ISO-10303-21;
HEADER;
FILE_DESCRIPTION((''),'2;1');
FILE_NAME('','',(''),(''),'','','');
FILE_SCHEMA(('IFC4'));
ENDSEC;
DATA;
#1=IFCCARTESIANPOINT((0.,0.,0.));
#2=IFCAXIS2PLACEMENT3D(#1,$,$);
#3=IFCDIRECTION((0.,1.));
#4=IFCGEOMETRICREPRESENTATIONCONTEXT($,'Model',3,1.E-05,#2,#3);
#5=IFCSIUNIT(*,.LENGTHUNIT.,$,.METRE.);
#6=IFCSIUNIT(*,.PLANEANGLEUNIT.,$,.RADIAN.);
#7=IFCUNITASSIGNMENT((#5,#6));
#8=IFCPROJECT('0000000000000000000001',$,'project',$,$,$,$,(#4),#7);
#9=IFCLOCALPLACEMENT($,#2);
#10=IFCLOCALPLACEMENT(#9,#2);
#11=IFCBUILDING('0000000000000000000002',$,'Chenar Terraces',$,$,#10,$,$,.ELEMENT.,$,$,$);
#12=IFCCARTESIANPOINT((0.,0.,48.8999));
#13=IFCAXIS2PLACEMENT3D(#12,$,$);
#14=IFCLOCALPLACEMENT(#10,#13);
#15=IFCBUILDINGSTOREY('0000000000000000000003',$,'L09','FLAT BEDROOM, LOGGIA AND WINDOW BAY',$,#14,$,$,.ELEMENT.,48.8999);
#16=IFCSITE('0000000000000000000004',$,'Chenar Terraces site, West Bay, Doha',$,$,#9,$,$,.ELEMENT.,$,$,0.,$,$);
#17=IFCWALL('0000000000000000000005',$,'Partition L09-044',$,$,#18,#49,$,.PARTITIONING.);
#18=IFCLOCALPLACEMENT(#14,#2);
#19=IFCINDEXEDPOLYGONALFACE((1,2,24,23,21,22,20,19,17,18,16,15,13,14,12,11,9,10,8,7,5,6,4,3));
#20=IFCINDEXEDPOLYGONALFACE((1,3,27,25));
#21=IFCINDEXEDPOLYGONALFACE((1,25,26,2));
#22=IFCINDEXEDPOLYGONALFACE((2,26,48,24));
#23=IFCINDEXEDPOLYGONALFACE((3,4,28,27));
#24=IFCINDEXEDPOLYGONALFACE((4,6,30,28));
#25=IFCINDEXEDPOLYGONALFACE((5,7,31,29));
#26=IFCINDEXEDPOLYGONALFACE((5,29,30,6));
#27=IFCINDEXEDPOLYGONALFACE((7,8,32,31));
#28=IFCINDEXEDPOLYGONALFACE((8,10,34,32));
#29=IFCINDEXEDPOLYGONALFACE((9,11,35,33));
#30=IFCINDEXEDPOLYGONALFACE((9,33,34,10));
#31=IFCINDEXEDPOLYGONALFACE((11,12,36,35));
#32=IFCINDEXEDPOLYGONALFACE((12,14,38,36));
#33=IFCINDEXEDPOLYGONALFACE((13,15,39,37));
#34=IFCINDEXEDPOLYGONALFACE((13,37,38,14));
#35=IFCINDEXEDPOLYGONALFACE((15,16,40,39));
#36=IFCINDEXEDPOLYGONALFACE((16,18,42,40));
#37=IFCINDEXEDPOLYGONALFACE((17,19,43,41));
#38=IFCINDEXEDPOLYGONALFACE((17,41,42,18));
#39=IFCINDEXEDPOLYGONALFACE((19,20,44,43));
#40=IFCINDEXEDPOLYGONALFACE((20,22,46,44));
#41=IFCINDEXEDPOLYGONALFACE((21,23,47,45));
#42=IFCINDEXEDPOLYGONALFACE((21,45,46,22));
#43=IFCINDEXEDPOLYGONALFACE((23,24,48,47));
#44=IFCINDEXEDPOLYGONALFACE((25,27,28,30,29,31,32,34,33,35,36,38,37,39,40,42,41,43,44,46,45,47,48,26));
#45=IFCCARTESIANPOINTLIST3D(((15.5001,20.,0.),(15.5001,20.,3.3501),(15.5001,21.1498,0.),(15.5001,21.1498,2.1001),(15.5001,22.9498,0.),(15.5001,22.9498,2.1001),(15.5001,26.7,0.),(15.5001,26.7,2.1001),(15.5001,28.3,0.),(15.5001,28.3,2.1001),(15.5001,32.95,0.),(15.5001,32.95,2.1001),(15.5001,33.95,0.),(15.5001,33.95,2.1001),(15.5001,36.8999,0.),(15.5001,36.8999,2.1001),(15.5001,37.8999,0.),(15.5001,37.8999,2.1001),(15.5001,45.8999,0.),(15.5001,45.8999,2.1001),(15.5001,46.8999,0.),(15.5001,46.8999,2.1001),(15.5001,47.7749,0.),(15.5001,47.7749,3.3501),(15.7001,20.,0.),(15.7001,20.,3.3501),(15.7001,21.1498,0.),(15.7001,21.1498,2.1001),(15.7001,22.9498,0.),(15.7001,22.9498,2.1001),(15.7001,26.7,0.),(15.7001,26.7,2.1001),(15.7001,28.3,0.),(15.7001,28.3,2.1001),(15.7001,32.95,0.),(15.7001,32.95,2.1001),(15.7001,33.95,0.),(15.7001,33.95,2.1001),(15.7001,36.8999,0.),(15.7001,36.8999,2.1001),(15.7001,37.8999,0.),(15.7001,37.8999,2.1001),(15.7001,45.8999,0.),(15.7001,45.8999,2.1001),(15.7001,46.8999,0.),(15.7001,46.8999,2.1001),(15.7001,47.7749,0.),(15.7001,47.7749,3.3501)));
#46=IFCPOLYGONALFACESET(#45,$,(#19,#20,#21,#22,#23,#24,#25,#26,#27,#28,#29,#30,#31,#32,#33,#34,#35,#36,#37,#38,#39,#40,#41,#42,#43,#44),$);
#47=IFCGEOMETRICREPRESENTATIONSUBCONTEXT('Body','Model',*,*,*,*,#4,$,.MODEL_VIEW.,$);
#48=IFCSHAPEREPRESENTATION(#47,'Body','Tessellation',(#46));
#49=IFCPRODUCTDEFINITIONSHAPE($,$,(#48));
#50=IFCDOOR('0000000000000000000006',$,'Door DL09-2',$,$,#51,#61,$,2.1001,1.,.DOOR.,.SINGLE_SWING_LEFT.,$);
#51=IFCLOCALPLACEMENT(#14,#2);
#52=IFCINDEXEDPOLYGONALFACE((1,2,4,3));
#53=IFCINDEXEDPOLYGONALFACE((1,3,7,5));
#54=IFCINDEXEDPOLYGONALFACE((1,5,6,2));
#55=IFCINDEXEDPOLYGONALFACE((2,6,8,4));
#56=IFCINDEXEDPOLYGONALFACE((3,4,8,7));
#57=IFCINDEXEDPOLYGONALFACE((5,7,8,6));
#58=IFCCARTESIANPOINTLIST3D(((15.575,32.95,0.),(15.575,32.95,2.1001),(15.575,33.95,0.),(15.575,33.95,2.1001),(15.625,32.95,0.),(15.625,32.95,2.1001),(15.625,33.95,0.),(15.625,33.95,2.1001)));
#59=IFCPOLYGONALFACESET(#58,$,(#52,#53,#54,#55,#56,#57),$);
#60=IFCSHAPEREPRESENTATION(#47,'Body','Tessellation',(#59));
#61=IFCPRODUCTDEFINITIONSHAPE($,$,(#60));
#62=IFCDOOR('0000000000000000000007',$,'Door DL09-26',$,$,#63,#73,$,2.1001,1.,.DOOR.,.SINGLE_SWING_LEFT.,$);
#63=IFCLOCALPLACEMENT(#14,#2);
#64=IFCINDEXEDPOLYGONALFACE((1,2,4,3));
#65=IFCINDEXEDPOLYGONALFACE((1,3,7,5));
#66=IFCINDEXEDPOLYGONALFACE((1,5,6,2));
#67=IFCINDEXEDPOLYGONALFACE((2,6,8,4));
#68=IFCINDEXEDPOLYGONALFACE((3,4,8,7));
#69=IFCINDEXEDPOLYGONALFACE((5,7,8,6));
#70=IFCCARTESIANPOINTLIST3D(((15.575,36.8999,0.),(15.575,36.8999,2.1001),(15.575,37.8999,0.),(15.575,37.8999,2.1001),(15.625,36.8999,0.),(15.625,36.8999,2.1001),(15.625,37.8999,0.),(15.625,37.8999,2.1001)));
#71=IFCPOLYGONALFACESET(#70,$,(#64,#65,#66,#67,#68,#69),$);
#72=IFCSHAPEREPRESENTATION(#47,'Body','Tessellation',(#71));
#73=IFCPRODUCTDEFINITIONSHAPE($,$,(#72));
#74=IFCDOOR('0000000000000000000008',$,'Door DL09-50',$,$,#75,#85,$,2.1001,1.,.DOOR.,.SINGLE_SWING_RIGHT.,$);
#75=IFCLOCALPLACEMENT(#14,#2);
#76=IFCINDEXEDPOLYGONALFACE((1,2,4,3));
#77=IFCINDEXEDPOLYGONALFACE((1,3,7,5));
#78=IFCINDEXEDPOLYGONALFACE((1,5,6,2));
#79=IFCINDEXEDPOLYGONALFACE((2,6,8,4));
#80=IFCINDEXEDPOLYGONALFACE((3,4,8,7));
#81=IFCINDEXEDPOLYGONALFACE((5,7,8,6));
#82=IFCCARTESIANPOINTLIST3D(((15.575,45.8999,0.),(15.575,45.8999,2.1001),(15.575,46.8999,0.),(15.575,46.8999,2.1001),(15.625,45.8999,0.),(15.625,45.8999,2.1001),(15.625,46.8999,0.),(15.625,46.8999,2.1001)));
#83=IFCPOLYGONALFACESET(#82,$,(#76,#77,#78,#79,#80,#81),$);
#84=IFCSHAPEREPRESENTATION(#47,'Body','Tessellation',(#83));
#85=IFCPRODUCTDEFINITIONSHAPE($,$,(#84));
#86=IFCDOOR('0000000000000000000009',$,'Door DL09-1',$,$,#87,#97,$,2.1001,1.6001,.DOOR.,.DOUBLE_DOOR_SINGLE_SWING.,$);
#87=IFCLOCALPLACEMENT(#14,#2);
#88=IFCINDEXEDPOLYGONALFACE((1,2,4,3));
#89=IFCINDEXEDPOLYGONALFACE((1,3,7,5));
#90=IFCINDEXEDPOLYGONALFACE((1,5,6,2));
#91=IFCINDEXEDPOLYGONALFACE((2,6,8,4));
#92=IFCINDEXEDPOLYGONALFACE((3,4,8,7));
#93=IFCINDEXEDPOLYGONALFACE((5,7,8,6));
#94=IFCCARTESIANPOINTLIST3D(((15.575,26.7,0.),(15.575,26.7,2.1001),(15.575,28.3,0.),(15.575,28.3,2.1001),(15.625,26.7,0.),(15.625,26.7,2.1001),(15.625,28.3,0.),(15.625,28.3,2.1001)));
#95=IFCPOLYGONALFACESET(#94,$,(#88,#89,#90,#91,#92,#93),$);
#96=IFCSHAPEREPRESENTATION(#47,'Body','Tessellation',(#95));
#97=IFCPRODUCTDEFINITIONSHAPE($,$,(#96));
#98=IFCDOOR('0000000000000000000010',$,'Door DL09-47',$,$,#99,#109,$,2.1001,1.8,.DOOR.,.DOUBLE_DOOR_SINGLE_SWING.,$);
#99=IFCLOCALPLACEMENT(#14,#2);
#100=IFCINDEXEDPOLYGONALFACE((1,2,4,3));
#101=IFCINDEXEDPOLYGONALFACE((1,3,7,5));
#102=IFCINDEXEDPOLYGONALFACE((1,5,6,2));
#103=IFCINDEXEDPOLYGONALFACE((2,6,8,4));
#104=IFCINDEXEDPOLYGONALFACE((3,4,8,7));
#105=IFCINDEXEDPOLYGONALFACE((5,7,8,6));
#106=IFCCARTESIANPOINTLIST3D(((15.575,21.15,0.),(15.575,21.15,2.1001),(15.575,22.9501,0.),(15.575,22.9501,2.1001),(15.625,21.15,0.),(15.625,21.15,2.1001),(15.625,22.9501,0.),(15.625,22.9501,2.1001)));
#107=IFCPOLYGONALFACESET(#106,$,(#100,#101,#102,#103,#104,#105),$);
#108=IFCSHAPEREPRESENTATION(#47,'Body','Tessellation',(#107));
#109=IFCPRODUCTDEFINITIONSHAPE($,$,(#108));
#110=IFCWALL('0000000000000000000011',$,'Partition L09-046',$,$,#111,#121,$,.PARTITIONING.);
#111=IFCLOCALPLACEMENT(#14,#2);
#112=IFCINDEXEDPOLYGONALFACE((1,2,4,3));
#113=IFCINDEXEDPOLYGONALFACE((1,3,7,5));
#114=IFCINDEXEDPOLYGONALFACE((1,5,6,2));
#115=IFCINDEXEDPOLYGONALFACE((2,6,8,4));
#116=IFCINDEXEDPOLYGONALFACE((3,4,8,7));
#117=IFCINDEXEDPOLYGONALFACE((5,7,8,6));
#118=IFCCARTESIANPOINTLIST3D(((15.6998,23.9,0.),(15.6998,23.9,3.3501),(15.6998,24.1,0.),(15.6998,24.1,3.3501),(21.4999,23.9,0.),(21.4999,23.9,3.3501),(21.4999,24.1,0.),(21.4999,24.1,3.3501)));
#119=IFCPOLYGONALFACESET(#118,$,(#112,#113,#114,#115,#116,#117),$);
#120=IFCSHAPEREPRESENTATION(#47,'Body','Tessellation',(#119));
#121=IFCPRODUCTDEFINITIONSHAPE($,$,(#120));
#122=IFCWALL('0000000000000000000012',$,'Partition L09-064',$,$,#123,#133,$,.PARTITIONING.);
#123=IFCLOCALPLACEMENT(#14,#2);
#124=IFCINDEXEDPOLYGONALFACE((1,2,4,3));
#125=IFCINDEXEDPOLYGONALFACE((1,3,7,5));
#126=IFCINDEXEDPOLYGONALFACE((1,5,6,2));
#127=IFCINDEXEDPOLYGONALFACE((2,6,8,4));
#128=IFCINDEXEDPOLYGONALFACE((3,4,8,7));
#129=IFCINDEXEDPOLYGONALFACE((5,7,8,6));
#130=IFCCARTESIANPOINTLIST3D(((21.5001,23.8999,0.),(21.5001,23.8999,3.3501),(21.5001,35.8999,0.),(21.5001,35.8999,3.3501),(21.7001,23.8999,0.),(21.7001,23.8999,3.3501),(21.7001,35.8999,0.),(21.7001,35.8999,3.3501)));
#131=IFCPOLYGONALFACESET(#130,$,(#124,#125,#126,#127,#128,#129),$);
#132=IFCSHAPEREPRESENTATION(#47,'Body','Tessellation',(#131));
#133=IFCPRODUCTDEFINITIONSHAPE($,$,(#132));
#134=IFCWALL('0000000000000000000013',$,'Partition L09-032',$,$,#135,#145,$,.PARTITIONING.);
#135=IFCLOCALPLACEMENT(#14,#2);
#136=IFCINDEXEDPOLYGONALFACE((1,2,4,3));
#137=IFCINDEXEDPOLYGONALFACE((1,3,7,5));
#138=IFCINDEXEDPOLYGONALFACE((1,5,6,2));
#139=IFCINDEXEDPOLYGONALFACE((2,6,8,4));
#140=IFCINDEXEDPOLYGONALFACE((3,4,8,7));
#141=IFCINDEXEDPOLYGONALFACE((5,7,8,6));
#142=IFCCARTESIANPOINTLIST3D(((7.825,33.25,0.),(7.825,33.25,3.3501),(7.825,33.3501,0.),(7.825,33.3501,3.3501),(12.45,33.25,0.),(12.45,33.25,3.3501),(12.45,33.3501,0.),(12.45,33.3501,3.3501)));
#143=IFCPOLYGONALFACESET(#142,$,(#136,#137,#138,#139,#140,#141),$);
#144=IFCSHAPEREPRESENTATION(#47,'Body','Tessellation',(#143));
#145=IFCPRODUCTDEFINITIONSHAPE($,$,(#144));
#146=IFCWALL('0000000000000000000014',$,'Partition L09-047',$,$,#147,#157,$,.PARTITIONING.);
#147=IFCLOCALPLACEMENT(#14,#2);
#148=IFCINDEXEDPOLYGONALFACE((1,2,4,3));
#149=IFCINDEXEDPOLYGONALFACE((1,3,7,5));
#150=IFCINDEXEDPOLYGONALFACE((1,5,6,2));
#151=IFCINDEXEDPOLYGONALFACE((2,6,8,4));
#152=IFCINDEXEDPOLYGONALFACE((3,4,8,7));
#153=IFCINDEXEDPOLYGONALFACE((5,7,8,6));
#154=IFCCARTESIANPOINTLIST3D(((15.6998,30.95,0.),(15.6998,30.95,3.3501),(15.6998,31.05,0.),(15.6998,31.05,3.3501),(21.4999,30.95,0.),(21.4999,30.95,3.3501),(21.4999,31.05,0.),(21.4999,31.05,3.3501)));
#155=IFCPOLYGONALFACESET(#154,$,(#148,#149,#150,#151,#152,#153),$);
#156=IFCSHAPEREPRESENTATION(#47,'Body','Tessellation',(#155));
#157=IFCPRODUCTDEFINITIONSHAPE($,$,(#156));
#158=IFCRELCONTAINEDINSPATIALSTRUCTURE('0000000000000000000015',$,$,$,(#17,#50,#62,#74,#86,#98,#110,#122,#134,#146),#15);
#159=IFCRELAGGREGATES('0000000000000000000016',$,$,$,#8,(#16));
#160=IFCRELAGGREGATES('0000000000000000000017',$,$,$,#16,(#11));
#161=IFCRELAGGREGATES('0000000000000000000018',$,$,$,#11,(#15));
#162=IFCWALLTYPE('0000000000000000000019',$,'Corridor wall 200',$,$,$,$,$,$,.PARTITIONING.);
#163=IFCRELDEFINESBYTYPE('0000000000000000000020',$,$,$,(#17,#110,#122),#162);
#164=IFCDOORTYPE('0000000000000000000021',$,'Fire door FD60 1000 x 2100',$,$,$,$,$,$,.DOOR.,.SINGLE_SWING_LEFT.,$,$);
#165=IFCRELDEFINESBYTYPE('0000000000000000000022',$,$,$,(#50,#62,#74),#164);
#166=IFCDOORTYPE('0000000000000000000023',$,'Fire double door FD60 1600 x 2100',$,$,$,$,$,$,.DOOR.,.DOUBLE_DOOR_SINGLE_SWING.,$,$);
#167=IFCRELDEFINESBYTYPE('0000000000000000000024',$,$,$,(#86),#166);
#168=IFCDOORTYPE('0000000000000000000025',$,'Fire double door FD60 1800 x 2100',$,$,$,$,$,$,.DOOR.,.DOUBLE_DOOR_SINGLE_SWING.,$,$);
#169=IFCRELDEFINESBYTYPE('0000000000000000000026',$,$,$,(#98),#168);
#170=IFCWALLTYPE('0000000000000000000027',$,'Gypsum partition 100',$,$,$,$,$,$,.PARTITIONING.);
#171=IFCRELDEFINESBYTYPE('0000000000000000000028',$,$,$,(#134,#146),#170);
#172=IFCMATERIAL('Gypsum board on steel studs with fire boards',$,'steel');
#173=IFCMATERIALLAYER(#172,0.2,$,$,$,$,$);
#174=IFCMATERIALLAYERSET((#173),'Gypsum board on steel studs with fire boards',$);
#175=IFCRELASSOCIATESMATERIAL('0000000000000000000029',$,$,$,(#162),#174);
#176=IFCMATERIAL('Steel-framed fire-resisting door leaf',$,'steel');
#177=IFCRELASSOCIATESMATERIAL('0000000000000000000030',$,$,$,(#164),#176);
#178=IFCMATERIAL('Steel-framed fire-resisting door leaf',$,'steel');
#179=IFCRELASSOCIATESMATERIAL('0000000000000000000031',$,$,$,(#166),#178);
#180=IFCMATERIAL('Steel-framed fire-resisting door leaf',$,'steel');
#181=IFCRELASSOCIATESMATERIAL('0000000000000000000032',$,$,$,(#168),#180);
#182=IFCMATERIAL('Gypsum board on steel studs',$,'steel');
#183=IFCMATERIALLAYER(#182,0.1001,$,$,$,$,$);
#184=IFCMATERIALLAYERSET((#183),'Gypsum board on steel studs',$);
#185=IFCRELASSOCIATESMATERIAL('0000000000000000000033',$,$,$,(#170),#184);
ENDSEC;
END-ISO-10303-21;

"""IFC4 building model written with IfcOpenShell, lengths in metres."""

from ifc_helpers import new_model, si_unit, direction, frame, frame_2d, origin, place, context, subcontext, project, spatial, rectangle, extrude, material, layer, layer_set, type_object, element, fill, save


model = new_model("IFC4")

# Units and contexts
model_context = context("Model", 3, precision=1e-05, world=origin(), true_north=direction((0.0, 1.0)))
body_context = subcontext(model_context, "Body", "Model", "MODEL_VIEW")
ifc_project = project(units=[si_unit("LENGTHUNIT", "METRE"), si_unit("PLANEANGLEUNIT", "RADIAN")], contexts=[model_context])

# Site, building, storey
site_placement = place(None, origin())
site = spatial("IfcSite", under=ifc_project, at=site_placement, Name="Chenar Terraces site, West Bay, Doha", CompositionType="ELEMENT", RefElevation=0.0)
building_placement = place(site_placement, origin())
building = spatial("IfcBuilding", under=site, at=building_placement, Name="Chenar Terraces", CompositionType="ELEMENT")
storey_placement = place(building_placement, frame((0.0, 0.0, 48.8999)))
storey = spatial("IfcBuildingStorey", under=building, at=storey_placement, Name="L09", Description="FLAT BEDROOM, LOGGIA AND WINDOW BAY", CompositionType="ELEMENT", Elevation=48.8999)

# Wall, openings, doors
ifc_material_1 = material(Name="Gypsum board on steel studs with fire boards", Category="steel")
ifc_layer_1 = layer(ifc_material_1, 0.2)
ifc_layer_set_1 = layer_set([ifc_layer_1], Name="Gypsum board on steel studs with fire boards")
wall_type_1 = type_object("IfcWallType", Name="Corridor wall 200", PredefinedType="PARTITIONING", material=ifc_layer_set_1)
wall_1_placement = place(storey_placement, frame((15.6001, 20.0, 0.0), z_axis=(0.0, 0.0, 1.0), x_axis=(0.0, 1.0, 0.0)))
wall_1 = element("IfcWall", 1, at=wall_1_placement, inside=storey, type_object=wall_type_1, Name="Partition L09-044", PredefinedType="PARTITIONING", context=body_context, shape_type="SweptSolid", body=[
    extrude(rectangle(XDim=27.7749, YDim=0.2, at=frame_2d((13.8875, 0.0))), origin(), (0.0, 0.0, 1.0), 3.3501),
])
opening_1_placement = place(wall_1_placement, frame((6.7, 0.0, 0.0)))
opening_1 = element("IfcOpeningElement", 2, at=opening_1_placement, cuts=wall_1, PredefinedType="OPENING", context=body_context, shape_type="SweptSolid", body=[
    extrude(rectangle(XDim=1.6001, YDim=2.1001, at=frame_2d((0.8, 1.05))), frame((0.0, 0.1099, 0.0), z_axis=(0.0, -1.0, 0.0), x_axis=(1.0, 0.0, 0.0)), (0.0, 0.0, 1.0), 0.22),
])
opening_2_placement = place(wall_1_placement, frame((12.95, 0.0, 0.0)))
opening_2 = element("IfcOpeningElement", 3, at=opening_2_placement, cuts=wall_1, PredefinedType="OPENING", context=body_context, shape_type="SweptSolid", body=[
    extrude(rectangle(XDim=1.0, YDim=2.1001, at=frame_2d((0.5, 1.05))), frame((0.0, 0.1099, 0.0), z_axis=(0.0, -1.0, 0.0), x_axis=(1.0, 0.0, 0.0)), (0.0, 0.0, 1.0), 0.22),
])
opening_3_placement = place(wall_1_placement, frame((16.8999, 0.0, 0.0)))
opening_3 = element("IfcOpeningElement", 4, at=opening_3_placement, cuts=wall_1, PredefinedType="OPENING", context=body_context, shape_type="SweptSolid", body=[
    extrude(rectangle(XDim=1.0, YDim=2.1001, at=frame_2d((0.5, 1.05))), frame((0.0, 0.1099, 0.0), z_axis=(0.0, -1.0, 0.0), x_axis=(1.0, 0.0, 0.0)), (0.0, 0.0, 1.0), 0.22),
])
opening_4_placement = place(wall_1_placement, frame((1.1499, 0.0, 0.0)))
opening_4 = element("IfcOpeningElement", 5, at=opening_4_placement, cuts=wall_1, PredefinedType="OPENING", context=body_context, shape_type="SweptSolid", body=[
    extrude(rectangle(XDim=1.8, YDim=2.1001, at=frame_2d((0.8999, 1.05))), frame((0.0, 0.1099, 0.0), z_axis=(0.0, -1.0, 0.0), x_axis=(1.0, 0.0, 0.0)), (0.0, 0.0, 1.0), 0.22),
])
opening_5_placement = place(wall_1_placement, frame((25.8999, 0.0, 0.0)))
opening_5 = element("IfcOpeningElement", 6, at=opening_5_placement, cuts=wall_1, PredefinedType="OPENING", context=body_context, shape_type="SweptSolid", body=[
    extrude(rectangle(XDim=1.0, YDim=2.1001, at=frame_2d((0.5, 1.05))), frame((0.0, 0.1099, 0.0), z_axis=(0.0, -1.0, 0.0), x_axis=(1.0, 0.0, 0.0)), (0.0, 0.0, 1.0), 0.22),
])
ifc_material_2 = material(Name="Steel-framed fire-resisting door leaf", Category="steel")
door_type_1 = type_object("IfcDoorType", Name="Fire door FD60 1000 x 2100", OperationType="SINGLE_SWING_LEFT", PredefinedType="DOOR", material=ifc_material_2)
door_1_placement = place(opening_2_placement, frame((1.0, 0.0, 0.0), z_axis=(0.0, 0.0, 1.0), x_axis=(-1.0, 0.0, 0.0)))
door_1 = element("IfcDoor", 7, at=door_1_placement, inside=storey, type_object=door_type_1, Name="Door DL09-2", OperationType="SINGLE_SWING_LEFT", OverallHeight=2.1001, OverallWidth=1.0, PredefinedType="DOOR", context=body_context, shape_type="SweptSolid", body=[
    extrude(rectangle(XDim=1.0, YDim=2.1001, at=frame_2d((0.5, 1.05))), frame((0.0, 0.0249, 0.0), z_axis=(0.0, -1.0, 0.0), x_axis=(1.0, 0.0, 0.0)), (0.0, 0.0, 1.0), 0.05),
])
fill(opening_2, door_1)
door_2_placement = place(opening_3_placement, frame((1.0, 0.0, 0.0), z_axis=(0.0, 0.0, 1.0), x_axis=(-1.0, 0.0, 0.0)))
door_2 = element("IfcDoor", 8, at=door_2_placement, inside=storey, type_object=door_type_1, Name="Door DL09-26", OperationType="SINGLE_SWING_LEFT", OverallHeight=2.1001, OverallWidth=1.0, PredefinedType="DOOR", context=body_context, shape_type="SweptSolid", body=[
    extrude(rectangle(XDim=1.0, YDim=2.1001, at=frame_2d((0.5, 1.05))), frame((0.0, 0.0249, 0.0), z_axis=(0.0, -1.0, 0.0), x_axis=(1.0, 0.0, 0.0)), (0.0, 0.0, 1.0), 0.05),
])
fill(opening_3, door_2)
door_3_placement = place(opening_5_placement, frame((1.0, 0.0, 0.0), z_axis=(0.0, 0.0, 1.0), x_axis=(-1.0, 0.0, 0.0)))
door_3 = element("IfcDoor", 9, at=door_3_placement, inside=storey, type_object=door_type_1, Name="Door DL09-50", OperationType="SINGLE_SWING_RIGHT", OverallHeight=2.1001, OverallWidth=1.0, PredefinedType="DOOR", context=body_context, shape_type="SweptSolid", body=[
    extrude(rectangle(XDim=1.0, YDim=2.1001, at=frame_2d((0.5, 1.05))), frame((0.0, 0.0249, 0.0), z_axis=(0.0, -1.0, 0.0), x_axis=(1.0, 0.0, 0.0)), (0.0, 0.0, 1.0), 0.05),
])
fill(opening_5, door_3)
ifc_material_3 = material(Name="Steel-framed fire-resisting door leaf", Category="steel")
door_type_2 = type_object("IfcDoorType", Name="Fire double door FD60 1600 x 2100", OperationType="DOUBLE_DOOR_SINGLE_SWING", PredefinedType="DOOR", material=ifc_material_3)
door_4_placement = place(opening_1_placement, frame((1.6001, 0.0, 0.0), z_axis=(0.0, 0.0, 1.0), x_axis=(-1.0, 0.0, 0.0)))
door_4 = element("IfcDoor", 10, at=door_4_placement, inside=storey, type_object=door_type_2, Name="Door DL09-1", OperationType="DOUBLE_DOOR_SINGLE_SWING", OverallHeight=2.1001, OverallWidth=1.6001, PredefinedType="DOOR", context=body_context, shape_type="SweptSolid", body=[
    extrude(rectangle(XDim=1.6001, YDim=2.1001, at=frame_2d((0.8, 1.05))), frame((0.0, 0.0249, 0.0), z_axis=(0.0, -1.0, 0.0), x_axis=(1.0, 0.0, 0.0)), (0.0, 0.0, 1.0), 0.05),
])
fill(opening_1, door_4)
ifc_material_4 = material(Name="Steel-framed fire-resisting door leaf", Category="steel")
door_type_3 = type_object("IfcDoorType", Name="Fire double door FD60 1800 x 2100", OperationType="DOUBLE_DOOR_SINGLE_SWING", PredefinedType="DOOR", material=ifc_material_4)
door_5_placement = place(opening_4_placement, frame((1.8, 0.0, 0.0), z_axis=(0.0, 0.0, 1.0), x_axis=(-1.0, 0.0, 0.0)))
door_5 = element("IfcDoor", 11, at=door_5_placement, inside=storey, type_object=door_type_3, Name="Door DL09-47", OperationType="DOUBLE_DOOR_SINGLE_SWING", OverallHeight=2.1001, OverallWidth=1.8, PredefinedType="DOOR", context=body_context, shape_type="SweptSolid", body=[
    extrude(rectangle(XDim=1.8, YDim=2.1001, at=frame_2d((0.8999, 1.05))), frame((0.0, 0.0249, 0.0), z_axis=(0.0, -1.0, 0.0), x_axis=(1.0, 0.0, 0.0)), (0.0, 0.0, 1.0), 0.05),
])
fill(opening_4, door_5)

# Walls
wall_2_placement = place(storey_placement, frame((15.7, 24.0, 0.0), z_axis=(0.0, 0.0, 1.0), x_axis=(1.0, 0.0, 0.0)))
element("IfcWall", 12, at=wall_2_placement, inside=storey, type_object=wall_type_1, Name="Partition L09-046", PredefinedType="PARTITIONING", context=body_context, shape_type="SweptSolid", body=[
    extrude(rectangle(XDim=5.8, YDim=0.2, at=frame_2d((2.8999, 0.0))), origin(), (0.0, 0.0, 1.0), 3.3501),
])
wall_3_placement = place(storey_placement, frame((21.6001, 23.8999, 0.0), z_axis=(0.0, 0.0, 1.0), x_axis=(0.0, 1.0, 0.0)))
element("IfcWall", 13, at=wall_3_placement, inside=storey, type_object=wall_type_1, Name="Partition L09-064", PredefinedType="PARTITIONING", context=body_context, shape_type="SweptSolid", body=[
    extrude(rectangle(XDim=12.0, YDim=0.2, at=frame_2d((6.0, 0.0))), origin(), (0.0, 0.0, 1.0), 3.3501),
])
ifc_material_5 = material(Name="Gypsum board on steel studs", Category="steel")
ifc_layer_2 = layer(ifc_material_5, 0.1001)
ifc_layer_set_2 = layer_set([ifc_layer_2], Name="Gypsum board on steel studs")
wall_type_2 = type_object("IfcWallType", Name="Gypsum partition 100", PredefinedType="PARTITIONING", material=ifc_layer_set_2)
wall_4_placement = place(storey_placement, frame((7.825, 33.3, 0.0), z_axis=(0.0, 0.0, 1.0), x_axis=(1.0, 0.0, 0.0)))
element("IfcWall", 14, at=wall_4_placement, inside=storey, type_object=wall_type_2, Name="Partition L09-032", PredefinedType="PARTITIONING", context=body_context, shape_type="SweptSolid", body=[
    extrude(rectangle(XDim=4.625, YDim=0.1001, at=frame_2d((2.3125, 0.0))), origin(), (0.0, 0.0, 1.0), 3.3501),
])
wall_5_placement = place(storey_placement, frame((15.7, 31.0, 0.0), z_axis=(0.0, 0.0, 1.0), x_axis=(1.0, 0.0, 0.0)))
element("IfcWall", 15, at=wall_5_placement, inside=storey, type_object=wall_type_2, Name="Partition L09-047", PredefinedType="PARTITIONING", context=body_context, shape_type="SweptSolid", body=[
    extrude(rectangle(XDim=5.8, YDim=0.1001, at=frame_2d((2.8999, 0.0))), origin(), (0.0, 0.0, 1.0), 3.3501),
])

save(model, "model.ifc")
